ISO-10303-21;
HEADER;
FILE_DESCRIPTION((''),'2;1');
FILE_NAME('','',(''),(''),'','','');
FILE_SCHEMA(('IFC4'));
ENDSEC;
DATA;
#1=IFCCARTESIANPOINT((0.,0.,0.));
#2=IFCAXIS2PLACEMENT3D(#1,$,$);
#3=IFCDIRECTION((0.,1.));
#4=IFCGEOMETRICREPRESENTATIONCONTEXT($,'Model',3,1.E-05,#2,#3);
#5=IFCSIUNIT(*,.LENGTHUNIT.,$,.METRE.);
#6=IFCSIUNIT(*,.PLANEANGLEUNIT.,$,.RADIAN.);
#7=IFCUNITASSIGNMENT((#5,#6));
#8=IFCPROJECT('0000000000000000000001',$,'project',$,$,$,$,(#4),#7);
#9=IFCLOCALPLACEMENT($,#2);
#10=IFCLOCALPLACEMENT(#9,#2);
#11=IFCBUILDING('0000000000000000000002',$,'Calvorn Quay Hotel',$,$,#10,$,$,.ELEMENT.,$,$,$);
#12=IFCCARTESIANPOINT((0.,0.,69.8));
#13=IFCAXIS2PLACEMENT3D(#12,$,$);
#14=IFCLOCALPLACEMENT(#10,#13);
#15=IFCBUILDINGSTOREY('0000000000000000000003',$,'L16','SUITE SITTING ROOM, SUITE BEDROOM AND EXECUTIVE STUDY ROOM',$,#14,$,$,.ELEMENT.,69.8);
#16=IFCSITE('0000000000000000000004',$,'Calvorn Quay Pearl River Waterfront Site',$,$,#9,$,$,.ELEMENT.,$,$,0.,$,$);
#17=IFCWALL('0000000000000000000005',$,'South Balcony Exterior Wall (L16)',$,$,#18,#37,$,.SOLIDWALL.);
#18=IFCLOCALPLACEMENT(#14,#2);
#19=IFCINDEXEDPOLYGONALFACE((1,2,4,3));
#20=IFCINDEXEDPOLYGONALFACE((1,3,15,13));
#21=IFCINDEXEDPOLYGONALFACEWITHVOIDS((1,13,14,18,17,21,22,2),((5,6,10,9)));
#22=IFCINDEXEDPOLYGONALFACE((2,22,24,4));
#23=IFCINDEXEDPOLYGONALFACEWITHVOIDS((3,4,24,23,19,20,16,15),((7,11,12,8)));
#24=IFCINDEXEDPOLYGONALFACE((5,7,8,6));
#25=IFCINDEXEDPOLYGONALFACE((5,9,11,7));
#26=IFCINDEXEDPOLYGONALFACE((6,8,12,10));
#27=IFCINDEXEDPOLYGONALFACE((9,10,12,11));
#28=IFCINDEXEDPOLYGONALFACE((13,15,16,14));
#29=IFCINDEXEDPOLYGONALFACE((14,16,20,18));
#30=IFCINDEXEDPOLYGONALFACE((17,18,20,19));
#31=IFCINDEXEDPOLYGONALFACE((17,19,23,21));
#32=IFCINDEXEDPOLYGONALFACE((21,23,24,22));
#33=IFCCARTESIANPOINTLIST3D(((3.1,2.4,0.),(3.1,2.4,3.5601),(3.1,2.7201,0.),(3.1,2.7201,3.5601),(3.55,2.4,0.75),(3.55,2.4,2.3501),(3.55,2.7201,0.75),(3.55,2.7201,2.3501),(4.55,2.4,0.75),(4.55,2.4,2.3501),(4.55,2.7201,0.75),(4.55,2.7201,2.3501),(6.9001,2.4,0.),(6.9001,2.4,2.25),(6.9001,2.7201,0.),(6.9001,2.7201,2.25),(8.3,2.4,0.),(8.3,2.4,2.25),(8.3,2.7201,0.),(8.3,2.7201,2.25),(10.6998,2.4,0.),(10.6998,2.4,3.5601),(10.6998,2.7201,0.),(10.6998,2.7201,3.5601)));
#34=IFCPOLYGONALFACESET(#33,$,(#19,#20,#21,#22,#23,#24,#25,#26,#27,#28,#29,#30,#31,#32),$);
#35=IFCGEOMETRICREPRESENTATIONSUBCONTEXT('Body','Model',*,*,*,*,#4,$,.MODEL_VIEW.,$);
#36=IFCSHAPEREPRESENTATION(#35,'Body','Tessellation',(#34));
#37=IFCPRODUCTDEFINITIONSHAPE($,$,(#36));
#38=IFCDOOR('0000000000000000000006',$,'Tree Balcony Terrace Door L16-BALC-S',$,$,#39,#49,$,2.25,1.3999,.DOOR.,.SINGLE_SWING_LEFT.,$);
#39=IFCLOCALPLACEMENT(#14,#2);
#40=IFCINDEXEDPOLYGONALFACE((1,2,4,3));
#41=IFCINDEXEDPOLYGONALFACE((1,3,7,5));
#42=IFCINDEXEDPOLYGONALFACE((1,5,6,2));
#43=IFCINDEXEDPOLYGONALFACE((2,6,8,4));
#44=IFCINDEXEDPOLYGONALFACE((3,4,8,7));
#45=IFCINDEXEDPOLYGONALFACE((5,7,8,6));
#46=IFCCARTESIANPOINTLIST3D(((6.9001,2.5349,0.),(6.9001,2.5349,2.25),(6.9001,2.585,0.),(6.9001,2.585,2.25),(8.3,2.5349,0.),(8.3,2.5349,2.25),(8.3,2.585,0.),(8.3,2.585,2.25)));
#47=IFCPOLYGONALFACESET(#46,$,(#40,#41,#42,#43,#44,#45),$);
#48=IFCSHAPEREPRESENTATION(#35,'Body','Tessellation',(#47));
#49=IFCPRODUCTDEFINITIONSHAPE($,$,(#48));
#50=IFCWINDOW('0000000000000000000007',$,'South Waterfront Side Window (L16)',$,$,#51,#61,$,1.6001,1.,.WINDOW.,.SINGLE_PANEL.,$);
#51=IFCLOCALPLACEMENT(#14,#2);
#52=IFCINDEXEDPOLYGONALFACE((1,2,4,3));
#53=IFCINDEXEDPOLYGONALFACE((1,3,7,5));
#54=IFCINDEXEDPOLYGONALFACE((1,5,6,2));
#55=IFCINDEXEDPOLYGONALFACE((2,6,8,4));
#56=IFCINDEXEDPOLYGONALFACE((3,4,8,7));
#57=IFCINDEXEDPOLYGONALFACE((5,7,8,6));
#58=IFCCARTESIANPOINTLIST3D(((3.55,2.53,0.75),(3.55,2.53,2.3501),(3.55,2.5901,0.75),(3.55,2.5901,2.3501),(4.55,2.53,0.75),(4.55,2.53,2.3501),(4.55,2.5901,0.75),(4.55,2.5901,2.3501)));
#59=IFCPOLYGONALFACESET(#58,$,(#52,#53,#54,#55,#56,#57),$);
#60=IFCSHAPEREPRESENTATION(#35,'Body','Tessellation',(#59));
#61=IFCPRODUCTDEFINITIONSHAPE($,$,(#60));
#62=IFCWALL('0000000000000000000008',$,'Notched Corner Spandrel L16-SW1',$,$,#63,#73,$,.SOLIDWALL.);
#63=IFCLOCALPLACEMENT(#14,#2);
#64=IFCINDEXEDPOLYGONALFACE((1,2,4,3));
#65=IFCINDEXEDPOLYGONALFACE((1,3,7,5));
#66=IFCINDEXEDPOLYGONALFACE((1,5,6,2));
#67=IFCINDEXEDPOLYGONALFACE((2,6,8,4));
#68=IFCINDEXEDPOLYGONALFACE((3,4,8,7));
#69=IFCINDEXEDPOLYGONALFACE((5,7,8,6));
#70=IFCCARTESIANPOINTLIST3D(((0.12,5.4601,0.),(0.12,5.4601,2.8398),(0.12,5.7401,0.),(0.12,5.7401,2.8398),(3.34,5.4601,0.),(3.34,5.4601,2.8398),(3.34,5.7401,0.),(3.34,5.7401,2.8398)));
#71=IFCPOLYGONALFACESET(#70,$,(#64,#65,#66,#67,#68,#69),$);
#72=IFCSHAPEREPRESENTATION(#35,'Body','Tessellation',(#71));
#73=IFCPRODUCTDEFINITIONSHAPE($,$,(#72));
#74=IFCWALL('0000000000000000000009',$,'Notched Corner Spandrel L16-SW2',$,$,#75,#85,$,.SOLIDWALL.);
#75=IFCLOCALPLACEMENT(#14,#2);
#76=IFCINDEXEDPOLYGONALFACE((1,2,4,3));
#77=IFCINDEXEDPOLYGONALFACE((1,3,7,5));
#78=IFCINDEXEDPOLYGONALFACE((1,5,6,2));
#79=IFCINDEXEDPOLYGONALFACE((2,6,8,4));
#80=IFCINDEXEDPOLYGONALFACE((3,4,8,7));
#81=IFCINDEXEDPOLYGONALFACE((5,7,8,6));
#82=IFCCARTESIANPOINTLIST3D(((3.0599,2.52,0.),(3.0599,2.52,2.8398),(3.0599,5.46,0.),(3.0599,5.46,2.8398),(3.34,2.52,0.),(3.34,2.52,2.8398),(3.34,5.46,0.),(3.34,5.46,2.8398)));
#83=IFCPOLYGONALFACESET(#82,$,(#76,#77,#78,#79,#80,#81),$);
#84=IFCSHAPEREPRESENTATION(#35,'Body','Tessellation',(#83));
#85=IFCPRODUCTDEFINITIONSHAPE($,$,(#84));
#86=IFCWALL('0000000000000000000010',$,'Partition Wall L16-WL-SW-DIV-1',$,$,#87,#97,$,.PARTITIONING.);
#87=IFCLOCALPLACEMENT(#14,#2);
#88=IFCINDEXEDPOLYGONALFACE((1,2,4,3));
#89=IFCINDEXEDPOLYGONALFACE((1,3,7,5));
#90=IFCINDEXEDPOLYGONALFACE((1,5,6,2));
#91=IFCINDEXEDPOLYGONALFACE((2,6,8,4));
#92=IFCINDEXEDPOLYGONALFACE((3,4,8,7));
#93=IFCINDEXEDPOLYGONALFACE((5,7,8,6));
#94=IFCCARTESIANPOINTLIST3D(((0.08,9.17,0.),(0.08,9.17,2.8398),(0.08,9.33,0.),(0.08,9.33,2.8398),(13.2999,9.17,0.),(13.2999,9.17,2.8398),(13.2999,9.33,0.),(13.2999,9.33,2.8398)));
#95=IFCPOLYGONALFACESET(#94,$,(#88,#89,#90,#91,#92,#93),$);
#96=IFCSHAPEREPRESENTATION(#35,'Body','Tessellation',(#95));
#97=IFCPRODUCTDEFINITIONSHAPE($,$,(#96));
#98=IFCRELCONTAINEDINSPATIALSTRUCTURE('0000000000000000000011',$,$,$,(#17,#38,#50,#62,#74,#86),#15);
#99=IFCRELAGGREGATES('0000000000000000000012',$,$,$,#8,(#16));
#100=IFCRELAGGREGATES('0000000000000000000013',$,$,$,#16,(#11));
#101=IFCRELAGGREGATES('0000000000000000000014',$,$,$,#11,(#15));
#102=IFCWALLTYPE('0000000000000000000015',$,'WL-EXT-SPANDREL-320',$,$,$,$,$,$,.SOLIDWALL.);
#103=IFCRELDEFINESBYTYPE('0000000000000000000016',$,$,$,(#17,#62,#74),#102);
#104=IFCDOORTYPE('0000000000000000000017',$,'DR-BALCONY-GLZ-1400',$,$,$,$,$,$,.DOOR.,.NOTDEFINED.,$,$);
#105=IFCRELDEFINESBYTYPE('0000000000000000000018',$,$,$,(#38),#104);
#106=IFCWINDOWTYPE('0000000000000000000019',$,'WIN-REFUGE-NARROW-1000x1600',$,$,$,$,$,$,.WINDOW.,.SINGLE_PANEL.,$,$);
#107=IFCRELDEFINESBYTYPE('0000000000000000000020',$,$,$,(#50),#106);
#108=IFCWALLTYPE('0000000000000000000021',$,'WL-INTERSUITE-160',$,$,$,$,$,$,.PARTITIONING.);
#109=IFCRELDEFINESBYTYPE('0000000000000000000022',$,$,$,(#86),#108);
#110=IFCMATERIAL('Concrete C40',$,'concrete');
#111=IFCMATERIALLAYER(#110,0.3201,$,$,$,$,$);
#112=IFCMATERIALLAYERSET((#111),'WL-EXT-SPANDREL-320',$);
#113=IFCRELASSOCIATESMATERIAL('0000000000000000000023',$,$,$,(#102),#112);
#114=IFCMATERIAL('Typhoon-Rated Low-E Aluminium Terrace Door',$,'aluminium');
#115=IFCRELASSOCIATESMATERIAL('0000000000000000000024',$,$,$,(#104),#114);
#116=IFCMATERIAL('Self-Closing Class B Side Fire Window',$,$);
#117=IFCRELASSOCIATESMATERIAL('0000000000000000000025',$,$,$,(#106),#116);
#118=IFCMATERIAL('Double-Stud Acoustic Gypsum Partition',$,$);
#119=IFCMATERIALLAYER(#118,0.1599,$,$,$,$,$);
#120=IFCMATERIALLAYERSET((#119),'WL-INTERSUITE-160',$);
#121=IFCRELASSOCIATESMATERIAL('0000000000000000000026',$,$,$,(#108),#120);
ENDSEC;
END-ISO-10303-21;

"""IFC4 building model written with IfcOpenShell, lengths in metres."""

from ifc_helpers import new_model, si_unit, direction, frame, frame_2d, origin, place, context, subcontext, project, spatial, rectangle, extrude, material, layer, layer_set, type_object, element, fill, save


model = new_model("IFC4")

# Units and contexts
model_context = context("Model", 3, precision=1e-05, world=origin(), true_north=direction((0.0, 1.0)))
body_context = subcontext(model_context, "Body", "Model", "MODEL_VIEW")
ifc_project = project(units=[si_unit("LENGTHUNIT", "METRE"), si_unit("PLANEANGLEUNIT", "RADIAN")], contexts=[model_context])

# Site, building, storey
site_placement = place(None, origin())
site = spatial("IfcSite", under=ifc_project, at=site_placement, Name="Calvorn Quay Pearl River Waterfront Site", CompositionType="ELEMENT", RefElevation=0.0)
building_placement = place(site_placement, origin())
building = spatial("IfcBuilding", under=site, at=building_placement, Name="Calvorn Quay Hotel", CompositionType="ELEMENT")
storey_placement = place(building_placement, frame((0.0, 0.0, 69.8)))
storey = spatial("IfcBuildingStorey", under=building, at=storey_placement, Name="L16", Description="SUITE SITTING ROOM, SUITE BEDROOM AND EXECUTIVE STUDY ROOM", CompositionType="ELEMENT", Elevation=69.8)

# Wall, openings, door, window
ifc_material_1 = material(Name="Concrete C40", Category="concrete")
ifc_layer_1 = layer(ifc_material_1, 0.3201)
ifc_layer_set_1 = layer_set([ifc_layer_1], Name="WL-EXT-SPANDREL-320")
wall_type_1 = type_object("IfcWallType", Name="WL-EXT-SPANDREL-320", PredefinedType="SOLIDWALL", material=ifc_layer_set_1)
wall_1_placement = place(storey_placement, frame((3.1001, 2.5601, 0.0), z_axis=(0.0, 0.0, 1.0), x_axis=(1.0, 0.0, 0.0)))
wall_1 = element("IfcWall", 1, at=wall_1_placement, inside=storey, type_object=wall_type_1, Name="South Balcony Exterior Wall (L16)", PredefinedType="SOLIDWALL", context=body_context, shape_type="SweptSolid", body=[
    extrude(rectangle(XDim=7.5999, YDim=0.3201, at=frame_2d((3.7998, 0.0))), origin(), (0.0, 0.0, 1.0), 3.5601),
])
opening_1_placement = place(wall_1_placement, frame((0.45, 0.0, 0.75)))
opening_1 = element("IfcOpeningElement", 2, at=opening_1_placement, cuts=wall_1, PredefinedType="OPENING", context=body_context, shape_type="SweptSolid", body=[
    extrude(rectangle(XDim=1.0, YDim=1.6001, at=frame_2d((0.5, 0.8))), frame((0.0, 0.1699, 0.0), z_axis=(0.0, -1.0, 0.0), x_axis=(1.0, 0.0, 0.0)), (0.0, 0.0, 1.0), 0.3401),
])
opening_2_placement = place(wall_1_placement, frame((3.8, 0.0, 0.0)))
opening_2 = element("IfcOpeningElement", 3, at=opening_2_placement, cuts=wall_1, PredefinedType="OPENING", context=body_context, shape_type="SweptSolid", body=[
    extrude(rectangle(XDim=1.3999, YDim=2.25, at=frame_2d((0.7, 1.125))), frame((0.0, 0.1699, 0.0), z_axis=(0.0, -1.0, 0.0), x_axis=(1.0, 0.0, 0.0)), (0.0, 0.0, 1.0), 0.3401),
])
ifc_material_2 = material(Name="Typhoon-Rated Low-E Aluminium Terrace Door", Category="aluminium")
door_type_1 = type_object("IfcDoorType", Name="DR-BALCONY-GLZ-1400", OperationType="NOTDEFINED", PredefinedType="DOOR", material=ifc_material_2)
door_1_placement = place(opening_2_placement, origin())
door_1 = element("IfcDoor", 4, at=door_1_placement, inside=storey, type_object=door_type_1, Name="Tree Balcony Terrace Door L16-BALC-S", OperationType="SINGLE_SWING_LEFT", OverallHeight=2.25, OverallWidth=1.3999, PredefinedType="DOOR", context=body_context, shape_type="SweptSolid", body=[
    extrude(rectangle(XDim=1.3999, YDim=2.25, at=frame_2d((0.7, 1.125))), frame((0.0, 0.0249, 0.0), z_axis=(0.0, -1.0, 0.0), x_axis=(1.0, 0.0, 0.0)), (0.0, 0.0, 1.0), 0.05),
])
fill(opening_2, door_1)
ifc_material_3 = material(Name="Self-Closing Class B Side Fire Window")
window_type = type_object("IfcWindowType", Name="WIN-REFUGE-NARROW-1000x1600", PartitioningType="SINGLE_PANEL", PredefinedType="WINDOW", material=ifc_material_3)
window_placement = place(opening_1_placement, origin())
window = element("IfcWindow", 5, at=window_placement, inside=storey, type_object=window_type, Name="South Waterfront Side Window (L16)", OverallHeight=1.6001, OverallWidth=1.0, PartitioningType="SINGLE_PANEL", PredefinedType="WINDOW", context=body_context, shape_type="SweptSolid", body=[
    extrude(rectangle(XDim=1.0, YDim=1.6001, at=frame_2d((0.5, 0.8))), frame((0.0, 0.03, 0.0), z_axis=(0.0, -1.0, 0.0), x_axis=(1.0, 0.0, 0.0)), (0.0, 0.0, 1.0), 0.0601),
])
fill(opening_1, window)

# Walls
wall_2_placement = place(storey_placement, frame((0.1201, 5.6001, 0.0), z_axis=(0.0, 0.0, 1.0), x_axis=(1.0, 0.0, 0.0)))
element("IfcWall", 6, at=wall_2_placement, inside=storey, type_object=wall_type_1, Name="Notched Corner Spandrel L16-SW1", PredefinedType="SOLIDWALL", context=body_context, shape_type="SweptSolid", body=[
    extrude(rectangle(XDim=3.22, YDim=0.28, at=frame_2d((1.6099, 0.0))), origin(), (0.0, 0.0, 1.0), 2.8398),
])
wall_3_placement = place(storey_placement, frame((3.2, 5.46, 0.0), z_axis=(0.0, 0.0, 1.0), x_axis=(0.0, -1.0, 0.0)))
element("IfcWall", 7, at=wall_3_placement, inside=storey, type_object=wall_type_1, Name="Notched Corner Spandrel L16-SW2", PredefinedType="SOLIDWALL", context=body_context, shape_type="SweptSolid", body=[
    extrude(rectangle(XDim=2.9399, YDim=0.28, at=frame_2d((1.47, 0.0))), origin(), (0.0, 0.0, 1.0), 2.8398),
])
ifc_material_4 = material(Name="Double-Stud Acoustic Gypsum Partition")
ifc_layer_2 = layer(ifc_material_4, 0.1599)
ifc_layer_set_2 = layer_set([ifc_layer_2], Name="WL-INTERSUITE-160")
wall_type_2 = type_object("IfcWallType", Name="WL-INTERSUITE-160", PredefinedType="PARTITIONING", material=ifc_layer_set_2)
wall_4_placement = place(storey_placement, frame((0.0801, 9.25, 0.0), z_axis=(0.0, 0.0, 1.0), x_axis=(1.0, 0.0, 0.0)))
element("IfcWall", 8, at=wall_4_placement, inside=storey, type_object=wall_type_2, Name="Partition Wall L16-WL-SW-DIV-1", PredefinedType="PARTITIONING", context=body_context, shape_type="SweptSolid", body=[
    extrude(rectangle(XDim=13.22, YDim=0.1599, at=frame_2d((6.6099, 0.0))), origin(), (0.0, 0.0, 1.0), 2.8398),
])

save(model, "model.ifc")
